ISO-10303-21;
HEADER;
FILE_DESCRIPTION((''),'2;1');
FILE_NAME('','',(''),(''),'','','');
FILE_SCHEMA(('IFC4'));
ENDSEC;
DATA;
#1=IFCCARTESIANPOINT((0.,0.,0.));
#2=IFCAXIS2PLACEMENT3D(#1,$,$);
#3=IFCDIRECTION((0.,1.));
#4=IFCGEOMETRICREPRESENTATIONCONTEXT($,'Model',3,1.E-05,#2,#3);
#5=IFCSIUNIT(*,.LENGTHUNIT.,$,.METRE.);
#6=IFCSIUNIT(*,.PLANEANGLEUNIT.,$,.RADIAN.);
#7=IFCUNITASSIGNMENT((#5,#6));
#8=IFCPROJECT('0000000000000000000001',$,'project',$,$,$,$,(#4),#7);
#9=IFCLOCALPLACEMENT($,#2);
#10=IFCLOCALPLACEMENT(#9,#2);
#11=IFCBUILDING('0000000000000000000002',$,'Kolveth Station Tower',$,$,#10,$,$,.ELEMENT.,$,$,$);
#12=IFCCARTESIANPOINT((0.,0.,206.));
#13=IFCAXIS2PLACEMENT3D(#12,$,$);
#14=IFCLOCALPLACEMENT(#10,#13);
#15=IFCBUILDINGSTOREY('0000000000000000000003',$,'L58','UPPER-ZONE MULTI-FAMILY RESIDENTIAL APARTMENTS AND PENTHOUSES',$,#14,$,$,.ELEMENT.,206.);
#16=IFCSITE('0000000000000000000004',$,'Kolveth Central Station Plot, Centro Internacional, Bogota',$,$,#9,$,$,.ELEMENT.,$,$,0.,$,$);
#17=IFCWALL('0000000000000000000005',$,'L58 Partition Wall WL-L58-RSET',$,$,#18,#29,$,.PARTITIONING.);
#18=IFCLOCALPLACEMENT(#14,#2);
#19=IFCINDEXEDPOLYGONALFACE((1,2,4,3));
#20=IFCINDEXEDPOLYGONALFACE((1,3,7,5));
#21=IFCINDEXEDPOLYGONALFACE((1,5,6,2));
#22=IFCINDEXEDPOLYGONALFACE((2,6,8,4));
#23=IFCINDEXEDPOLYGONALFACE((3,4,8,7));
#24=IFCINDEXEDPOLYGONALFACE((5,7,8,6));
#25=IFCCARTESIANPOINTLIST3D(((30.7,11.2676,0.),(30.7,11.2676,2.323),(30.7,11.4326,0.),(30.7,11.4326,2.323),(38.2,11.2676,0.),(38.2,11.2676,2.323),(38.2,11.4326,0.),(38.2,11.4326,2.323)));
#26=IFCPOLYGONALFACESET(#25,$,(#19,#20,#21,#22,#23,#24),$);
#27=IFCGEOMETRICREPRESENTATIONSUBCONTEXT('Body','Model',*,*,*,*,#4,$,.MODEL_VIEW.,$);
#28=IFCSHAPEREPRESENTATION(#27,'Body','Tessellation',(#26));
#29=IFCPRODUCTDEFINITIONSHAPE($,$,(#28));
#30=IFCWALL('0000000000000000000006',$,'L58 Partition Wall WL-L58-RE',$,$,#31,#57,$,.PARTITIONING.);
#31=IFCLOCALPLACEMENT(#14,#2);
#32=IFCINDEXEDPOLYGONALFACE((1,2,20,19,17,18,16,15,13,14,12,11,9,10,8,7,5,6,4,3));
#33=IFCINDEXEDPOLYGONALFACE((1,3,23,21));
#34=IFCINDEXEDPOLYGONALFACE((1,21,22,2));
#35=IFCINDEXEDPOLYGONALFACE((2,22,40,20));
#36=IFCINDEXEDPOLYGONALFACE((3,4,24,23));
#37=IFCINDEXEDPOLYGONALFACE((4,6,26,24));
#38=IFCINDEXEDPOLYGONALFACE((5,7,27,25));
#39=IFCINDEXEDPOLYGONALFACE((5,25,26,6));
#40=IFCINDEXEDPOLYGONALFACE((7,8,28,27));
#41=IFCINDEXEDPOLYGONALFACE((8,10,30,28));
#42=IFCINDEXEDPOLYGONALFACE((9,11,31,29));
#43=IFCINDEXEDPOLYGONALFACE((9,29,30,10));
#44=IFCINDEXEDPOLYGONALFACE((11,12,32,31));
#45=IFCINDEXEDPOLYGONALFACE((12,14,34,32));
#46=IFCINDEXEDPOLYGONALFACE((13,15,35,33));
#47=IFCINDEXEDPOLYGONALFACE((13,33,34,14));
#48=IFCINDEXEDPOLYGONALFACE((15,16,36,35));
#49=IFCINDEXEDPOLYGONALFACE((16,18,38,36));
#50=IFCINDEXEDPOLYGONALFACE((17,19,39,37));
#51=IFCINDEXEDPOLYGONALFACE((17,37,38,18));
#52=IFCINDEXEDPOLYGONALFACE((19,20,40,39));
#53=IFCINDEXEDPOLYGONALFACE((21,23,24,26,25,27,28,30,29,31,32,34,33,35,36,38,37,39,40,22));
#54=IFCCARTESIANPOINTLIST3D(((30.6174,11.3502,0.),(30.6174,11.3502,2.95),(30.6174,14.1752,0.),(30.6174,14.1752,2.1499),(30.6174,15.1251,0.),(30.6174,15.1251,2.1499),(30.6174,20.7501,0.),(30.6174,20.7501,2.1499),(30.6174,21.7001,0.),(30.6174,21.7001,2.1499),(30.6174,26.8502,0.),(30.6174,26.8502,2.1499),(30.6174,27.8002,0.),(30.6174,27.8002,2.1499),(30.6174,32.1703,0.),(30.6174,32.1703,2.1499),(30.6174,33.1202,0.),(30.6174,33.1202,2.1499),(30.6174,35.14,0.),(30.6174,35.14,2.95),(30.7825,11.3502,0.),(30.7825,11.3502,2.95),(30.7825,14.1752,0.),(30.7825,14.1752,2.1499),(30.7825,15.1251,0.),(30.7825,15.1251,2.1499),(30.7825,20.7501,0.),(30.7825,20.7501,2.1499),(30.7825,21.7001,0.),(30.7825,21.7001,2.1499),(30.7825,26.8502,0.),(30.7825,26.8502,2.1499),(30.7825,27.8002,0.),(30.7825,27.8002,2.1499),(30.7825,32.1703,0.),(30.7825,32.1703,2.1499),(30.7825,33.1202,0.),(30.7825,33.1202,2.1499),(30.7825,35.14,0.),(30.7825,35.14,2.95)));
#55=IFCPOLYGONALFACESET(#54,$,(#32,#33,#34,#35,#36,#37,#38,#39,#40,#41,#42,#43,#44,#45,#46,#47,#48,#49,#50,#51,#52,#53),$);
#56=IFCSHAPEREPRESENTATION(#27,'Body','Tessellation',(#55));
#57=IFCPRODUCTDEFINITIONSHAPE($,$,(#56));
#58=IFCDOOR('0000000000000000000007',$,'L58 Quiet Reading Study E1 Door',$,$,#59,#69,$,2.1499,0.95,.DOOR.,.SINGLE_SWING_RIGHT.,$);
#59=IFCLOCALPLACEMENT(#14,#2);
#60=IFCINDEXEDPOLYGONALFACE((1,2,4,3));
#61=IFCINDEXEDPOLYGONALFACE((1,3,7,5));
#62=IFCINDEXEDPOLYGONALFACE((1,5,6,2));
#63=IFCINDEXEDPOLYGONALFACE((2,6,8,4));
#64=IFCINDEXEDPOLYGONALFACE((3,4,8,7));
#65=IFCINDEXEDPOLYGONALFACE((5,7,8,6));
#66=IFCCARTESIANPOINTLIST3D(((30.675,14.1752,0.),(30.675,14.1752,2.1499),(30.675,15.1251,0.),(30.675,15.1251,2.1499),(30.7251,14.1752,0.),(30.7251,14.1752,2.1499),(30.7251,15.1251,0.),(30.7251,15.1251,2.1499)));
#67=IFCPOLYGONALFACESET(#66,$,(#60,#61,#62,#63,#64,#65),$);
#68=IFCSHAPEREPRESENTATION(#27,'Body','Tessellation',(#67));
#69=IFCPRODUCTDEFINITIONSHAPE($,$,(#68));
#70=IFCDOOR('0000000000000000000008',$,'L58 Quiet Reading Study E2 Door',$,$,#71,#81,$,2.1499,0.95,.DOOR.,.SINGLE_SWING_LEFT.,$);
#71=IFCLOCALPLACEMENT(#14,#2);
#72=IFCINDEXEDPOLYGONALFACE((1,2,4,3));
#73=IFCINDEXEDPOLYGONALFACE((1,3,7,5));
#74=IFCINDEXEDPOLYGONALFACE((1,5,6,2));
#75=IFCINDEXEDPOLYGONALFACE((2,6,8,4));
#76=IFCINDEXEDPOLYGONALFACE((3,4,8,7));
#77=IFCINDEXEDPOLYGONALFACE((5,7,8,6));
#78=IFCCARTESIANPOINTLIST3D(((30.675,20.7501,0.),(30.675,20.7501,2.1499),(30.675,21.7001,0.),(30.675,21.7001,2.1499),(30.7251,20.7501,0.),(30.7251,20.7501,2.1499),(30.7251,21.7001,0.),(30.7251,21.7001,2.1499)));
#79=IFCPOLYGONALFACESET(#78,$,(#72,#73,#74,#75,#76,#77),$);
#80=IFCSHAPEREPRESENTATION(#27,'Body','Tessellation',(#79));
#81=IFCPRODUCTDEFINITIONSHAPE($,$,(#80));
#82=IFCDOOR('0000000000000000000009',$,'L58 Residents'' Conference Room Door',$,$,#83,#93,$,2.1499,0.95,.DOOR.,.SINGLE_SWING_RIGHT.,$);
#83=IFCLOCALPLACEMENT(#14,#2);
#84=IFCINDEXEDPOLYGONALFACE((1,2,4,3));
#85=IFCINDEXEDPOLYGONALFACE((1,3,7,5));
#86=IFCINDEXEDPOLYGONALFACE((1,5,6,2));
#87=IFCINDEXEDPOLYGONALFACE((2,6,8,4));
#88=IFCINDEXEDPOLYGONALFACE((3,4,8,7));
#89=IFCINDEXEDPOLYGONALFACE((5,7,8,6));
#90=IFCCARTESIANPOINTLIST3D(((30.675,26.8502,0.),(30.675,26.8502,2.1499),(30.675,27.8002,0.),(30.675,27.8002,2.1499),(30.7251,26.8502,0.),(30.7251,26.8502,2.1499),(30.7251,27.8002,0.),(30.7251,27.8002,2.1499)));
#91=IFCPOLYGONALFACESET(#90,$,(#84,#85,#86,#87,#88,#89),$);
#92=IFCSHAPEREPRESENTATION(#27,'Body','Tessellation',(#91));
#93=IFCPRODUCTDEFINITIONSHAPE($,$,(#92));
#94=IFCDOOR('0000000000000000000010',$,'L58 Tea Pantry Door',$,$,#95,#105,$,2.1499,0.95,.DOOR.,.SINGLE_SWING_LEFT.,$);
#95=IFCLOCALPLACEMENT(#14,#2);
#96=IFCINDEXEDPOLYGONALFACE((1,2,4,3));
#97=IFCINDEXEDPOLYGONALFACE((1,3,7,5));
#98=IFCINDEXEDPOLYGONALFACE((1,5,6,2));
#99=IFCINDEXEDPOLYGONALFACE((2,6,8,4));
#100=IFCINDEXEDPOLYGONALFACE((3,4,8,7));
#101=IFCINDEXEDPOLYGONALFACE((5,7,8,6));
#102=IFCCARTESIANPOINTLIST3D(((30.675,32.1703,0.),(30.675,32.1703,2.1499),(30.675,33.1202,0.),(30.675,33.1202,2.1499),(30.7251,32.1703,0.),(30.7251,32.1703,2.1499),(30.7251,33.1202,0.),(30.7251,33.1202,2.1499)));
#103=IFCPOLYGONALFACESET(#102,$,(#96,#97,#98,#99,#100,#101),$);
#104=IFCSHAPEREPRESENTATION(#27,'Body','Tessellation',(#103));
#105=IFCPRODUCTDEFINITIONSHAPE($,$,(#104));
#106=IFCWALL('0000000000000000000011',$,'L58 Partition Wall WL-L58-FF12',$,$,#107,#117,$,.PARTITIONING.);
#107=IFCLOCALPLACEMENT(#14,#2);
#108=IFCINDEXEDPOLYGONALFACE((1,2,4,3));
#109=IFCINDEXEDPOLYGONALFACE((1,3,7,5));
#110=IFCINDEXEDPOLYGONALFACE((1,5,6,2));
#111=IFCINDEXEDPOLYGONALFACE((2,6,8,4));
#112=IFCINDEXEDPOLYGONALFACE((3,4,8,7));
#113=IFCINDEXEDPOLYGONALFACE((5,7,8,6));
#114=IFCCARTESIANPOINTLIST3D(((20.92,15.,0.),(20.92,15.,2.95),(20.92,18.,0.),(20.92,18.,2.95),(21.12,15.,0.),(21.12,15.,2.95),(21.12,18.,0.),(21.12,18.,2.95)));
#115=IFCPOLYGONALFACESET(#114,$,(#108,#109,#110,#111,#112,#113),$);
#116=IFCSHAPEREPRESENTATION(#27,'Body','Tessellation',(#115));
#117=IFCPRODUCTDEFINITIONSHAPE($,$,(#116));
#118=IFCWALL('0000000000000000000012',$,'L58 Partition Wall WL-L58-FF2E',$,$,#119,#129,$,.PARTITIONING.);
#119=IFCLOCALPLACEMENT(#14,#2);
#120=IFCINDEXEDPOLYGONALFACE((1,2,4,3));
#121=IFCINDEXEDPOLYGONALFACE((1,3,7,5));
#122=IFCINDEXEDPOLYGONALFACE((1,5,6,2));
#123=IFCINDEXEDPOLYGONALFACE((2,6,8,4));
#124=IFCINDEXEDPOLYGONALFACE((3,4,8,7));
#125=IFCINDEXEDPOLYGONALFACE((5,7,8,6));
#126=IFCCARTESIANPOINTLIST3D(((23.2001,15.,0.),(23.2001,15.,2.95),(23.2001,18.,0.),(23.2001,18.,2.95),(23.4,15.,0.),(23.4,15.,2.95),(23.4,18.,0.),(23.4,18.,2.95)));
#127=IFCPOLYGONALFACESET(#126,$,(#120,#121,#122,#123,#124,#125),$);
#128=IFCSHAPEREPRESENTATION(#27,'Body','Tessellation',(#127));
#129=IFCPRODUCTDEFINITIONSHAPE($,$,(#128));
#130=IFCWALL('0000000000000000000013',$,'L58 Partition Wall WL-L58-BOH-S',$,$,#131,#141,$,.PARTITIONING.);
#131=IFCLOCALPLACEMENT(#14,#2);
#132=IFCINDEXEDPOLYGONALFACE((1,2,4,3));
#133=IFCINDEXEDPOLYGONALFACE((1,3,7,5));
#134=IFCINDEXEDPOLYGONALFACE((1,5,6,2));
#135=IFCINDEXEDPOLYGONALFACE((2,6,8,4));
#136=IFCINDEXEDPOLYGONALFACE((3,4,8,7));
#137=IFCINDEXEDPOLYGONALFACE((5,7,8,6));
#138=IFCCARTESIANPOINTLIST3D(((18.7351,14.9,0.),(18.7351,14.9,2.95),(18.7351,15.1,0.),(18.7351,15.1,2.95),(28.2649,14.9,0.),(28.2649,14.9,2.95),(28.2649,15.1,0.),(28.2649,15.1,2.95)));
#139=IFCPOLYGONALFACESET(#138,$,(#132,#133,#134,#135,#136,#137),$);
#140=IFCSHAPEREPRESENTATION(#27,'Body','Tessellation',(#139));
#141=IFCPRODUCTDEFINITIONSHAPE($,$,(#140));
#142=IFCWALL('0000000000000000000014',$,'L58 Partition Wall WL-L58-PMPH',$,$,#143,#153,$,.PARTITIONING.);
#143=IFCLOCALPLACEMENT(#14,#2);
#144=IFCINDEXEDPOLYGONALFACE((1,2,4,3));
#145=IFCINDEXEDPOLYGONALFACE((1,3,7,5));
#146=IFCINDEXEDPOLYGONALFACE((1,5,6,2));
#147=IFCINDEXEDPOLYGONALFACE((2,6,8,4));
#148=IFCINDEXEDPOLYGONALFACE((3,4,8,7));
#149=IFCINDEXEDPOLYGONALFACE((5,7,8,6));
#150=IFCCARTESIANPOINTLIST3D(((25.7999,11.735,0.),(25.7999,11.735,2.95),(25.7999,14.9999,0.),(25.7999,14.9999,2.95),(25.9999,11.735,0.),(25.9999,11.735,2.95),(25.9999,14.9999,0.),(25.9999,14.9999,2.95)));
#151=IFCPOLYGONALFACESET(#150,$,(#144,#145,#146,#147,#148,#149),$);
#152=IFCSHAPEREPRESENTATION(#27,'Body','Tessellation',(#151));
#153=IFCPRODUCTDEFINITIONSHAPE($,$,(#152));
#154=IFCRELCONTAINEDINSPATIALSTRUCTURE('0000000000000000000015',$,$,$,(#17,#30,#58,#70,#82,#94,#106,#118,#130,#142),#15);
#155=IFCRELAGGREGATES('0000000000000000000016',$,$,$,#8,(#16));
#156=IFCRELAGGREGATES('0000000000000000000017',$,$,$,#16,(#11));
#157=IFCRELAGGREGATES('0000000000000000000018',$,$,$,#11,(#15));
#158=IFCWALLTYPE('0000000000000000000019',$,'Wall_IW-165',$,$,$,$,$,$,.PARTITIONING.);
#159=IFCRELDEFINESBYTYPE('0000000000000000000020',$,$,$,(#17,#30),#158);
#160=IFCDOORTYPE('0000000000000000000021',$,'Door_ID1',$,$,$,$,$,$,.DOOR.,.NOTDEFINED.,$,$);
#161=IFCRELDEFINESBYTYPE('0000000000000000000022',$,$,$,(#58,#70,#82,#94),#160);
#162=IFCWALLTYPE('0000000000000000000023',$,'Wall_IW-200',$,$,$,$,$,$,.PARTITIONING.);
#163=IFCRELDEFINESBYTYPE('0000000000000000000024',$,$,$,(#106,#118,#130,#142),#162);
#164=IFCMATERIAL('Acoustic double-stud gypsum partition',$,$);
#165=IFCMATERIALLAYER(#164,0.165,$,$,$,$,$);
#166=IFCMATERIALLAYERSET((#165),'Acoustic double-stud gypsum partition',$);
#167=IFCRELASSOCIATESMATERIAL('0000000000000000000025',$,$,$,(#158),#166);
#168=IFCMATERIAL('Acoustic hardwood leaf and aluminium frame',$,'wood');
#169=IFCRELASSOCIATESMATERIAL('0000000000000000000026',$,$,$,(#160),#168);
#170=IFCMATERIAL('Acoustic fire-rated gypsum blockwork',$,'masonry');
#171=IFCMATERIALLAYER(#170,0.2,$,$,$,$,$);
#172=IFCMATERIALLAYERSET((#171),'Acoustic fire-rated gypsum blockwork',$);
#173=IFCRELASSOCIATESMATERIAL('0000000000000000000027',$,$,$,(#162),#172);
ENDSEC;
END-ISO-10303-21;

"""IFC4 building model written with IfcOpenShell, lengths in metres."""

from ifc_helpers import new_model, si_unit, direction, frame, frame_2d, origin, place, context, subcontext, project, spatial, rectangle, extrude, material, layer, layer_set, type_object, element, fill, save


model = new_model("IFC4")

# Units and contexts
model_context = context("Model", 3, precision=1e-05, world=origin(), true_north=direction((0.0, 1.0)))
body_context = subcontext(model_context, "Body", "Model", "MODEL_VIEW")
ifc_project = project(units=[si_unit("LENGTHUNIT", "METRE"), si_unit("PLANEANGLEUNIT", "RADIAN")], contexts=[model_context])

# Site, building, storey
site_placement = place(None, origin())
site = spatial("IfcSite", under=ifc_project, at=site_placement, Name="Kolveth Central Station Plot, Centro Internacional, Bogota", CompositionType="ELEMENT", RefElevation=0.0)
building_placement = place(site_placement, origin())
building = spatial("IfcBuilding", under=site, at=building_placement, Name="Kolveth Station Tower", CompositionType="ELEMENT")
storey_placement = place(building_placement, frame((0.0, 0.0, 206.0)))
storey = spatial("IfcBuildingStorey", under=building, at=storey_placement, Name="L58", Description="UPPER-ZONE MULTI-FAMILY RESIDENTIAL APARTMENTS AND PENTHOUSES", CompositionType="ELEMENT", Elevation=206.0)

# Wall
ifc_material_1 = material(Name="Acoustic double-stud gypsum partition")
ifc_layer_1 = layer(ifc_material_1, 0.165)
ifc_layer_set_1 = layer_set([ifc_layer_1], Name="Acoustic double-stud gypsum partition")
wall_type_1 = type_object("IfcWallType", Name="Wall_IW-165", PredefinedType="PARTITIONING", material=ifc_layer_set_1)
wall_1_placement = place(storey_placement, frame((30.7, 11.3501, 0.0), z_axis=(0.0, 0.0, 1.0), x_axis=(1.0, 0.0, 0.0)))
element("IfcWall", 1, at=wall_1_placement, inside=storey, type_object=wall_type_1, Name="L58 Partition Wall WL-L58-RSET", PredefinedType="PARTITIONING", context=body_context, shape_type="SweptSolid", body=[
    extrude(rectangle(XDim=7.5, YDim=0.165, at=frame_2d((3.75, 0.0))), origin(), (0.0, 0.0, 1.0), 2.323),
])

# Wall, openings, doors
wall_2_placement = place(storey_placement, frame((30.7, 11.3501, 0.0), z_axis=(0.0, 0.0, 1.0), x_axis=(0.0, 1.0, 0.0)))
wall_2 = element("IfcWall", 2, at=wall_2_placement, inside=storey, type_object=wall_type_1, Name="L58 Partition Wall WL-L58-RE", PredefinedType="PARTITIONING", context=body_context, shape_type="SweptSolid", body=[
    extrude(rectangle(XDim=23.7898, YDim=0.165, at=frame_2d((11.895, 0.0))), origin(), (0.0, 0.0, 1.0), 2.95),
])
opening_1_placement = place(wall_2_placement, frame((2.825, 0.0, 0.0)))
opening_1 = element("IfcOpeningElement", 3, at=opening_1_placement, cuts=wall_2, PredefinedType="OPENING", context=body_context, shape_type="SweptSolid", body=[
    extrude(rectangle(XDim=0.95, YDim=2.1499, at=frame_2d((0.4751, 1.075))), frame((0.0, 0.0925, 0.0), z_axis=(0.0, -1.0, 0.0), x_axis=(1.0, 0.0, 0.0)), (0.0, 0.0, 1.0), 0.1851),
])
opening_2_placement = place(wall_2_placement, frame((9.3999, 0.0, 0.0)))
opening_2 = element("IfcOpeningElement", 4, at=opening_2_placement, cuts=wall_2, PredefinedType="OPENING", context=body_context, shape_type="SweptSolid", body=[
    extrude(rectangle(XDim=0.95, YDim=2.1499, at=frame_2d((0.4751, 1.075))), frame((0.0, 0.0925, 0.0), z_axis=(0.0, -1.0, 0.0), x_axis=(1.0, 0.0, 0.0)), (0.0, 0.0, 1.0), 0.1851),
])
opening_3_placement = place(wall_2_placement, frame((15.5, 0.0, 0.0)))
opening_3 = element("IfcOpeningElement", 5, at=opening_3_placement, cuts=wall_2, PredefinedType="OPENING", context=body_context, shape_type="SweptSolid", body=[
    extrude(rectangle(XDim=0.95, YDim=2.1499, at=frame_2d((0.4751, 1.075))), frame((0.0, 0.0925, 0.0), z_axis=(0.0, -1.0, 0.0), x_axis=(1.0, 0.0, 0.0)), (0.0, 0.0, 1.0), 0.1851),
])
opening_4_placement = place(wall_2_placement, frame((20.8201, 0.0, 0.0)))
opening_4 = element("IfcOpeningElement", 6, at=opening_4_placement, cuts=wall_2, PredefinedType="OPENING", context=body_context, shape_type="SweptSolid", body=[
    extrude(rectangle(XDim=0.95, YDim=2.1499, at=frame_2d((0.4751, 1.075))), frame((0.0, 0.0925, 0.0), z_axis=(0.0, -1.0, 0.0), x_axis=(1.0, 0.0, 0.0)), (0.0, 0.0, 1.0), 0.1851),
])
ifc_material_2 = material(Name="Acoustic hardwood leaf and aluminium frame", Category="wood")
door_type_1 = type_object("IfcDoorType", Name="Door_ID1", OperationType="NOTDEFINED", PredefinedType="DOOR", material=ifc_material_2)
door_1_placement = place(opening_1_placement, origin())
door_1 = element("IfcDoor", 7, at=door_1_placement, inside=storey, type_object=door_type_1, Name="L58 Quiet Reading Study E1 Door", OperationType="SINGLE_SWING_RIGHT", OverallHeight=2.1499, OverallWidth=0.95, PredefinedType="DOOR", context=body_context, shape_type="SweptSolid", body=[
    extrude(rectangle(XDim=0.95, YDim=2.1499, at=frame_2d((0.4751, 1.075))), frame((0.0, 0.0249, 0.0), z_axis=(0.0, -1.0, 0.0), x_axis=(1.0, 0.0, 0.0)), (0.0, 0.0, 1.0), 0.05),
])
fill(opening_1, door_1)
door_2_placement = place(opening_2_placement, origin())
door_2 = element("IfcDoor", 8, at=door_2_placement, inside=storey, type_object=door_type_1, Name="L58 Quiet Reading Study E2 Door", OperationType="SINGLE_SWING_LEFT", OverallHeight=2.1499, OverallWidth=0.95, PredefinedType="DOOR", context=body_context, shape_type="SweptSolid", body=[
    extrude(rectangle(XDim=0.95, YDim=2.1499, at=frame_2d((0.4751, 1.075))), frame((0.0, 0.0249, 0.0), z_axis=(0.0, -1.0, 0.0), x_axis=(1.0, 0.0, 0.0)), (0.0, 0.0, 1.0), 0.05),
])
fill(opening_2, door_2)
door_3_placement = place(opening_3_placement, origin())
door_3 = element("IfcDoor", 9, at=door_3_placement, inside=storey, type_object=door_type_1, Name="L58 Residents' Conference Room Door", OperationType="SINGLE_SWING_RIGHT", OverallHeight=2.1499, OverallWidth=0.95, PredefinedType="DOOR", context=body_context, shape_type="SweptSolid", body=[
    extrude(rectangle(XDim=0.95, YDim=2.1499, at=frame_2d((0.4751, 1.075))), frame((0.0, 0.0249, 0.0), z_axis=(0.0, -1.0, 0.0), x_axis=(1.0, 0.0, 0.0)), (0.0, 0.0, 1.0), 0.05),
])
fill(opening_3, door_3)
door_4_placement = place(opening_4_placement, origin())
door_4 = element("IfcDoor", 10, at=door_4_placement, inside=storey, type_object=door_type_1, Name="L58 Tea Pantry Door", OperationType="SINGLE_SWING_LEFT", OverallHeight=2.1499, OverallWidth=0.95, PredefinedType="DOOR", context=body_context, shape_type="SweptSolid", body=[
    extrude(rectangle(XDim=0.95, YDim=2.1499, at=frame_2d((0.4751, 1.075))), frame((0.0, 0.0249, 0.0), z_axis=(0.0, -1.0, 0.0), x_axis=(1.0, 0.0, 0.0)), (0.0, 0.0, 1.0), 0.05),
])
fill(opening_4, door_4)

# Walls
ifc_material_3 = material(Name="Acoustic fire-rated gypsum blockwork", Category="masonry")
ifc_layer_2 = layer(ifc_material_3, 0.2)
ifc_layer_set_2 = layer_set([ifc_layer_2], Name="Acoustic fire-rated gypsum blockwork")
wall_type_2 = type_object("IfcWallType", Name="Wall_IW-200", PredefinedType="PARTITIONING", material=ifc_layer_set_2)
for number, where, z_axis, x_axis, name in (
    (11, (21.02, 15.0, 0.0), (0.0, 0.0, 1.0), (0.0, 1.0, 0.0), "L58 Partition Wall WL-L58-FF12"),
    (12, (23.3, 15.0, 0.0), (0.0, 0.0, 1.0), (0.0, 1.0, 0.0), "L58 Partition Wall WL-L58-FF2E"),
):
    element("IfcWall", number, at=place(storey_placement, frame(where, z_axis=z_axis, x_axis=x_axis)), inside=storey, type_object=wall_type_2, Name=name, PredefinedType="PARTITIONING", context=body_context, shape_type="SweptSolid", body=[
        extrude(rectangle(XDim=3.0, YDim=0.2, at=frame_2d((1.5, 0.0))), origin(), (0.0, 0.0, 1.0), 2.95),
    ])
wall_3_placement = place(storey_placement, frame((18.7351, 15.0, 0.0), z_axis=(0.0, 0.0, 1.0), x_axis=(1.0, 0.0, 0.0)))
element("IfcWall", 13, at=wall_3_placement, inside=storey, type_object=wall_type_2, Name="L58 Partition Wall WL-L58-BOH-S", PredefinedType="PARTITIONING", context=body_context, shape_type="SweptSolid", body=[
    extrude(rectangle(XDim=9.5298, YDim=0.2, at=frame_2d((4.7649, 0.0))), origin(), (0.0, 0.0, 1.0), 2.95),
])
wall_4_placement = place(storey_placement, frame((25.8999, 11.7351, 0.0), z_axis=(0.0, 0.0, 1.0), x_axis=(0.0, 1.0, 0.0)))
element("IfcWall", 14, at=wall_4_placement, inside=storey, type_object=wall_type_2, Name="L58 Partition Wall WL-L58-PMPH", PredefinedType="PARTITIONING", context=body_context, shape_type="SweptSolid", body=[
    extrude(rectangle(XDim=3.2649, YDim=0.2, at=frame_2d((1.6323, 0.0))), origin(), (0.0, 0.0, 1.0), 2.95),
])

save(model, "model.ifc")
